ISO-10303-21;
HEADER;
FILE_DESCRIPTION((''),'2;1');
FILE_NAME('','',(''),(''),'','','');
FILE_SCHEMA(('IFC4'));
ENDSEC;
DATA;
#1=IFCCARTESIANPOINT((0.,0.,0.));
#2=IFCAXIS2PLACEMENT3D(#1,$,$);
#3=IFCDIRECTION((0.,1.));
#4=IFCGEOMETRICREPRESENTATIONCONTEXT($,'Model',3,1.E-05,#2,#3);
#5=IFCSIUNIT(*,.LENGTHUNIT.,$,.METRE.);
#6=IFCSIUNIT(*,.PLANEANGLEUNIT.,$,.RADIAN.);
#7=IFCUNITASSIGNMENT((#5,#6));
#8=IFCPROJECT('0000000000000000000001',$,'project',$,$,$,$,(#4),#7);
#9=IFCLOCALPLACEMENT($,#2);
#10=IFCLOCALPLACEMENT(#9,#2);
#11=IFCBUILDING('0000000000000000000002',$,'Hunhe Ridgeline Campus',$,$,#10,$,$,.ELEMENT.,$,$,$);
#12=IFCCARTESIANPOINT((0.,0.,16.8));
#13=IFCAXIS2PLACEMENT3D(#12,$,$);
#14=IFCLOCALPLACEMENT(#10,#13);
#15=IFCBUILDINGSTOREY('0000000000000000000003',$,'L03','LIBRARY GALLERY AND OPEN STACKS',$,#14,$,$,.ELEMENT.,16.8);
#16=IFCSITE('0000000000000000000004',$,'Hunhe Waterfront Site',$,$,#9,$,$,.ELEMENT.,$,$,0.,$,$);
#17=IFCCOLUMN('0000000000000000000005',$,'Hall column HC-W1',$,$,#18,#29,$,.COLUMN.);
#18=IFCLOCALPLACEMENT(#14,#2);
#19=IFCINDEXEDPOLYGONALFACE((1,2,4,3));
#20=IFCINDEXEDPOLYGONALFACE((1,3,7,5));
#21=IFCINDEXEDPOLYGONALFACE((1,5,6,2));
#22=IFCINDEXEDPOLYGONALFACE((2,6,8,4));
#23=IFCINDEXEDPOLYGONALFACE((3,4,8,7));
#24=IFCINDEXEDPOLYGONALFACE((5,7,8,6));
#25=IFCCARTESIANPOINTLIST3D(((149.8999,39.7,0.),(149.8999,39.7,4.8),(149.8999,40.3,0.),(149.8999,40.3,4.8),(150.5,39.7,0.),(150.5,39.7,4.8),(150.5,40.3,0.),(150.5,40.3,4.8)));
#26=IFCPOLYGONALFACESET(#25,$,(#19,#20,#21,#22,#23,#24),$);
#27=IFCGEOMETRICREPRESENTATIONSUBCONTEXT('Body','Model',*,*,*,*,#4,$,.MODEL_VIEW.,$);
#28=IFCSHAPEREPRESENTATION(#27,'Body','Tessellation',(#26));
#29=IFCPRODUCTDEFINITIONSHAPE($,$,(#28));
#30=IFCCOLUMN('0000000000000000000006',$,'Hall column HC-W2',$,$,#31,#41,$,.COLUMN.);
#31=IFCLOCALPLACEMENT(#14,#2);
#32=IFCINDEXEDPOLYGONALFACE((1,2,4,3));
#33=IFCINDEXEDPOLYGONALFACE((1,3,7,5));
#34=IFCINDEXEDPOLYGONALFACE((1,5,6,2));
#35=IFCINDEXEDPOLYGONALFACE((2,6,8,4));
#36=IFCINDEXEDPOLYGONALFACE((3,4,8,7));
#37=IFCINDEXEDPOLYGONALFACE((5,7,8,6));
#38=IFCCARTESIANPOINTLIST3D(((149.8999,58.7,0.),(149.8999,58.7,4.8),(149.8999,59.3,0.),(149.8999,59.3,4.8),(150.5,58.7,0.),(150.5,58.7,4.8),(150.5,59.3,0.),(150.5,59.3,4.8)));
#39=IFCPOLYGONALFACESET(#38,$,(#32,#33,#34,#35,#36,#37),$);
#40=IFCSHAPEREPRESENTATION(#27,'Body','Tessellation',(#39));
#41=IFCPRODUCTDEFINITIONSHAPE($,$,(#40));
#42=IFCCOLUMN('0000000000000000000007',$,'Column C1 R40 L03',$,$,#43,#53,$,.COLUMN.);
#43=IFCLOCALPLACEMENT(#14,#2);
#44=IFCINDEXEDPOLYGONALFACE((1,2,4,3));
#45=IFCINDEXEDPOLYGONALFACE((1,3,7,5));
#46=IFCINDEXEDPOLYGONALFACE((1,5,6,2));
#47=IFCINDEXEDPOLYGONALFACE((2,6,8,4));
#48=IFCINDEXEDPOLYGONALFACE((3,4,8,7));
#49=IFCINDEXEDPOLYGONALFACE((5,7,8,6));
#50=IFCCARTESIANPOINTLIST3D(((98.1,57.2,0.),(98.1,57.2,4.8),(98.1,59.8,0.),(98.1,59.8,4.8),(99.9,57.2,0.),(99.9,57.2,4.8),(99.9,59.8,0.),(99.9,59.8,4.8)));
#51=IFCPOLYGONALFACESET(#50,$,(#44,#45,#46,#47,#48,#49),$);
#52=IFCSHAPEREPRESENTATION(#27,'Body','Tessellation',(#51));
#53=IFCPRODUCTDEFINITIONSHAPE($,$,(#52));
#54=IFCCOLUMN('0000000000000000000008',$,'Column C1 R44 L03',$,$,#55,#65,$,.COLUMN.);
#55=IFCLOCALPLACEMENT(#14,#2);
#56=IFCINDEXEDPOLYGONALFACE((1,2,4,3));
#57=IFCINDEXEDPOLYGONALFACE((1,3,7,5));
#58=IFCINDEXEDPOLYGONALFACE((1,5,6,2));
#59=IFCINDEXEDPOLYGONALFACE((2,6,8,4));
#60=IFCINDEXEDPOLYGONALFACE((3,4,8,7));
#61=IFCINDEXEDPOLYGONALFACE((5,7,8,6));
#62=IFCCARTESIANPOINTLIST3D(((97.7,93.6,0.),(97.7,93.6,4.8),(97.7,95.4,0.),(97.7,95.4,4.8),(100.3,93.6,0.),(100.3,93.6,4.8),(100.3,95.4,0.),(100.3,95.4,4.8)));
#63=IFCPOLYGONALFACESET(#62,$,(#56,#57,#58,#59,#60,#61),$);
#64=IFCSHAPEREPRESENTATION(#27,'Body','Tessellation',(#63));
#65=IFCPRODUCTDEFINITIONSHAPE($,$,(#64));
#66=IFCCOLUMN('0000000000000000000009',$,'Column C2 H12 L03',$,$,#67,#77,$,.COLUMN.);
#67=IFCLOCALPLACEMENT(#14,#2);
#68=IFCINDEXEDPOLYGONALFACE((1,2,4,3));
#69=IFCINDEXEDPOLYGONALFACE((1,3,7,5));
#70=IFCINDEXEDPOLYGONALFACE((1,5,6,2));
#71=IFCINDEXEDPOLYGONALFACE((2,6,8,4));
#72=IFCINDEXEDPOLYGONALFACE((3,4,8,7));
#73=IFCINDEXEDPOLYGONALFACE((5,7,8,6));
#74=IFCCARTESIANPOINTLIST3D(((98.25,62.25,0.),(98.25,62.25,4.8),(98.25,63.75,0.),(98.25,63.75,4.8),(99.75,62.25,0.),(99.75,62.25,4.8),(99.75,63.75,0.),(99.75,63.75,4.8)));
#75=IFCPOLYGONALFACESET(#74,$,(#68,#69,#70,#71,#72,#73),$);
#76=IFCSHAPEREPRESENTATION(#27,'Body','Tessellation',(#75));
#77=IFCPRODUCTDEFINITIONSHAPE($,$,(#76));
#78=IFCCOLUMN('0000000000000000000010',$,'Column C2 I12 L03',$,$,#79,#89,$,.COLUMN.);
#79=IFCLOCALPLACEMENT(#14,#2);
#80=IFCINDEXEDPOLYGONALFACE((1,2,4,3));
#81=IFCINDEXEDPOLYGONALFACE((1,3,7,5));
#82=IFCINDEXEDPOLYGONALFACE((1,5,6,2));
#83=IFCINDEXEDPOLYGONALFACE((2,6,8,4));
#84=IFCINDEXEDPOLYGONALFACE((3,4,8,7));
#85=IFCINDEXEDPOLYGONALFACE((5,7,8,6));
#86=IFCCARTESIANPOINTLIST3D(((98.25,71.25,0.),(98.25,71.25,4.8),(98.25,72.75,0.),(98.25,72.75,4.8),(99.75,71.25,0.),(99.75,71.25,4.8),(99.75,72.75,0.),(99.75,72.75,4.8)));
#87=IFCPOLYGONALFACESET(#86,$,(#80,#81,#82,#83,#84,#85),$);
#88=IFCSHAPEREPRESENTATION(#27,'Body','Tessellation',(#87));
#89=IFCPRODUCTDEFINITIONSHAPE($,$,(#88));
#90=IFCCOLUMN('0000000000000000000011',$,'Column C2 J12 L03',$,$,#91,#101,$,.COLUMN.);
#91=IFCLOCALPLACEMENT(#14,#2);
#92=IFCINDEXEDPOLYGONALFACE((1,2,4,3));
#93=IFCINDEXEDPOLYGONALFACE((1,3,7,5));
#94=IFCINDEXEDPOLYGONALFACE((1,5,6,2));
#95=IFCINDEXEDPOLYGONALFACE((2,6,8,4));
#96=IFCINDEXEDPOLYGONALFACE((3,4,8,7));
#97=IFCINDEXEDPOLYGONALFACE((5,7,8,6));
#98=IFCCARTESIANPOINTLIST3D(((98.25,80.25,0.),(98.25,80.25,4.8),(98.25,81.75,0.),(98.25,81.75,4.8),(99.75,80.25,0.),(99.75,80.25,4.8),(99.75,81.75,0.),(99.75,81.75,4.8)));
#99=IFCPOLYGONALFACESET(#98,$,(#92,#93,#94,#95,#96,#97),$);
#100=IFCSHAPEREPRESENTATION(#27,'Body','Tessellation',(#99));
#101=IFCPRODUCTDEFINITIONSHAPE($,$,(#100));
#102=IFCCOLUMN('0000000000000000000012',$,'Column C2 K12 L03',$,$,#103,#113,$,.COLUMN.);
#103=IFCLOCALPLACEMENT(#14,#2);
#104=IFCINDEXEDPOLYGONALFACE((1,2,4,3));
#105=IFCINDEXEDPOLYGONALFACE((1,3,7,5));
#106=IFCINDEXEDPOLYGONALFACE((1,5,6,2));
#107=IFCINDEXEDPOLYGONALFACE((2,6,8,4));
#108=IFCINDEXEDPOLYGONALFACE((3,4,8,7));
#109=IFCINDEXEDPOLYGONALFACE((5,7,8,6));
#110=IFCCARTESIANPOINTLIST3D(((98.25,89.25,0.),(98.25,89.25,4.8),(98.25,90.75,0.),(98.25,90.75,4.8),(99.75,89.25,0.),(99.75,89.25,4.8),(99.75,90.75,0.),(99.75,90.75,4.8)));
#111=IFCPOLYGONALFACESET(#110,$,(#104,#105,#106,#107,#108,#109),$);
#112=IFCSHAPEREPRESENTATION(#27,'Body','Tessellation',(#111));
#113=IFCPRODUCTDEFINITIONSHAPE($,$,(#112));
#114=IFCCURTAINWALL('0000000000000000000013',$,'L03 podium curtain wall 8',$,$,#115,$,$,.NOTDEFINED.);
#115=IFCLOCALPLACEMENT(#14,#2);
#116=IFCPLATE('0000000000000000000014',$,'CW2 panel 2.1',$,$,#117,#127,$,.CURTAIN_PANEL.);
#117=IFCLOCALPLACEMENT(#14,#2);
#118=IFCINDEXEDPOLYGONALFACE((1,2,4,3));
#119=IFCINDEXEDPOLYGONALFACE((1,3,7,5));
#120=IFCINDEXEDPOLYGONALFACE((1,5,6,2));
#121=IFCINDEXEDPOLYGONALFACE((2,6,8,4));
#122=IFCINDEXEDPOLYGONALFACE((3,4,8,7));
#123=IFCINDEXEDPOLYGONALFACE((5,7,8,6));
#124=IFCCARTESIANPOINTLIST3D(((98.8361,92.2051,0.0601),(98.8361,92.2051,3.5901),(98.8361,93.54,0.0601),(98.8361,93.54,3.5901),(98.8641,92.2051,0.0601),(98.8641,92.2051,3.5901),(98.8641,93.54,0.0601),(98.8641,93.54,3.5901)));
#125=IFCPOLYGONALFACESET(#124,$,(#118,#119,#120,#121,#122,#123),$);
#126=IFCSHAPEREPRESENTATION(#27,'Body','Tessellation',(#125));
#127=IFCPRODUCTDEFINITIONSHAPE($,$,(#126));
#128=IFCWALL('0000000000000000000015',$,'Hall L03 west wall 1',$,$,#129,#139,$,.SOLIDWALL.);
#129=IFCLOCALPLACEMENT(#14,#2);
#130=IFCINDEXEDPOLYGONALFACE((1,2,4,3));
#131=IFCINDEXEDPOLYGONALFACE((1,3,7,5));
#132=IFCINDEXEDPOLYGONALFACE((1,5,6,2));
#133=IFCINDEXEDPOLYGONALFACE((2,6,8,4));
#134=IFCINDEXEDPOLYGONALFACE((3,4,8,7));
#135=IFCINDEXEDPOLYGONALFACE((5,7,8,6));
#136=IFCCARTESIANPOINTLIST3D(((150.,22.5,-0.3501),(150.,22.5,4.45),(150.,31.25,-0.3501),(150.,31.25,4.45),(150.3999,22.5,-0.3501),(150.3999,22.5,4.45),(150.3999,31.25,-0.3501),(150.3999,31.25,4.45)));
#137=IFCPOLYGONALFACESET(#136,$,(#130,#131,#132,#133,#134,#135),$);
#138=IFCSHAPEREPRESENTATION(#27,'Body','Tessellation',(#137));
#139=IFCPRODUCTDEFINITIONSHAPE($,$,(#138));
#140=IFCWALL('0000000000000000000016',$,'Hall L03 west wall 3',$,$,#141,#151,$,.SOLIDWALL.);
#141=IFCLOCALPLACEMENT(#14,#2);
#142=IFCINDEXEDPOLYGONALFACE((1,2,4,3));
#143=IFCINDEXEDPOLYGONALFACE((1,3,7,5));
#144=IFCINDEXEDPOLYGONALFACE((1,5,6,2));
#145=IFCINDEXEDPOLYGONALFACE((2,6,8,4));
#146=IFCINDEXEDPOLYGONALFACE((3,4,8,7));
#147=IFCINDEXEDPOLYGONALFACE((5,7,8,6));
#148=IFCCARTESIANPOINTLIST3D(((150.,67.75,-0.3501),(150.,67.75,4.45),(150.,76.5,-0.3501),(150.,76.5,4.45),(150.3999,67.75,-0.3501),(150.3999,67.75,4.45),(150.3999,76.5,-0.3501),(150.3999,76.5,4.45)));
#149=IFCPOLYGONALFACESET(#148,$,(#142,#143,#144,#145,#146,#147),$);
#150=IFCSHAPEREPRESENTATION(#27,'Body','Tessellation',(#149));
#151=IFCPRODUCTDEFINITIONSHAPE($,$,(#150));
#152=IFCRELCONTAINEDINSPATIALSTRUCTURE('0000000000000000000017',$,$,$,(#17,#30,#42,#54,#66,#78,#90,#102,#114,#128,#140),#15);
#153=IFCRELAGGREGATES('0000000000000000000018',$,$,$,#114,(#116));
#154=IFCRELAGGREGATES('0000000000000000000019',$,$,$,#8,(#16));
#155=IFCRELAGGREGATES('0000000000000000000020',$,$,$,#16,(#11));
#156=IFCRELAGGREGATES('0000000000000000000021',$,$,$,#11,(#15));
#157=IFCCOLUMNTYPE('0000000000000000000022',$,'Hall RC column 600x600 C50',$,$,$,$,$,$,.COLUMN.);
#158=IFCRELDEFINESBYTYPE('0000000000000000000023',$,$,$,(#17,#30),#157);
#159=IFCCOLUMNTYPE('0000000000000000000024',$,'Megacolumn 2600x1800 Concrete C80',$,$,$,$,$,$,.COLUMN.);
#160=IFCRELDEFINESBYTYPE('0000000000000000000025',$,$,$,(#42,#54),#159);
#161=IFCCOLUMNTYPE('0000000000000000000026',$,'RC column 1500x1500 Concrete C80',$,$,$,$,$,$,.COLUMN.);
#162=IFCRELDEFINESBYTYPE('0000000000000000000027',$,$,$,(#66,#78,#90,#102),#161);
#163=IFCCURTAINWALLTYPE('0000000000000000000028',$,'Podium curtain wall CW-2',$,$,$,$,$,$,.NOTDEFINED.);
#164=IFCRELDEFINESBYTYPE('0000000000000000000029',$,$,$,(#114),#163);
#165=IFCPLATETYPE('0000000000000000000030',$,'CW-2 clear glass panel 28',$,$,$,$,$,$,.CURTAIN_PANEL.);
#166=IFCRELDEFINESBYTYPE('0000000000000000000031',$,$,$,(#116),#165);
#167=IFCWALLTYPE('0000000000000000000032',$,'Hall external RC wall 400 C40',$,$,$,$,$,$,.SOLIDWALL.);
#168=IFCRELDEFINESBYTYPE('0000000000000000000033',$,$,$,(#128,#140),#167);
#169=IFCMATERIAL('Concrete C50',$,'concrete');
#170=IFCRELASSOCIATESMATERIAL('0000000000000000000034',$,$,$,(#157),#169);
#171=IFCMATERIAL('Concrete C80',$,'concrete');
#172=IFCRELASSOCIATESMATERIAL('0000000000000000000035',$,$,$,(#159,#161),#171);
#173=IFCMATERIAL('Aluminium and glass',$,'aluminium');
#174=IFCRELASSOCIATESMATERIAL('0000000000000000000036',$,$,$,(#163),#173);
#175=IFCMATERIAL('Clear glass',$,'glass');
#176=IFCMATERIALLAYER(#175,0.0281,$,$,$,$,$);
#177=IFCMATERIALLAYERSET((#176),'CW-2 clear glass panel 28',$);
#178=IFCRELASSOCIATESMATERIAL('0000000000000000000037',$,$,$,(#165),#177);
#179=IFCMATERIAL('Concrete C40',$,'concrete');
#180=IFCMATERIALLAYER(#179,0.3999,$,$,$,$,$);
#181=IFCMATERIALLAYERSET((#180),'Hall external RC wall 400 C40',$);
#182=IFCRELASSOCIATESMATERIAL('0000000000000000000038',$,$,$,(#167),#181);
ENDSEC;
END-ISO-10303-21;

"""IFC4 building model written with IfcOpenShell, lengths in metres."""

from ifc_helpers import new_model, si_unit, direction, frame, frame_2d, origin, origin_2d, place, context, subcontext, project, spatial, rectangle, extrude, material, layer, layer_set, material_profile, profile_set, type_object, element, aggregate, save


model = new_model("IFC4")

# Units and contexts
model_context = context("Model", 3, precision=1e-05, world=origin(), true_north=direction((0.0, 1.0)))
body_context = subcontext(model_context, "Body", "Model", "MODEL_VIEW")
ifc_project = project(units=[si_unit("LENGTHUNIT", "METRE"), si_unit("PLANEANGLEUNIT", "RADIAN")], contexts=[model_context])

# Site, building, storey
site_placement = place(None, origin())
site = spatial("IfcSite", under=ifc_project, at=site_placement, Name="Hunhe Waterfront Site", CompositionType="ELEMENT", RefElevation=0.0)
building_placement = place(site_placement, origin())
building = spatial("IfcBuilding", under=site, at=building_placement, Name="Hunhe Ridgeline Campus", CompositionType="ELEMENT")
storey_placement = place(building_placement, frame((0.0, 0.0, 16.8)))
storey = spatial("IfcBuildingStorey", under=building, at=storey_placement, Name="L03", Description="LIBRARY GALLERY AND OPEN STACKS", CompositionType="ELEMENT", Elevation=16.8)

# Columns
ifc_material_1 = material(Name="Concrete C50", Category="concrete")
ifc_material_profile_1 = material_profile(ifc_material_1, rectangle(XDim=0.6001, YDim=0.6001, at=origin_2d()))
ifc_profile_set_1 = profile_set([ifc_material_profile_1], Name="Concrete C50")
column_type_1 = type_object("IfcColumnType", Name="Hall RC column 600x600 C50", PredefinedType="COLUMN", material=ifc_profile_set_1)
for number, where, z_axis, x_axis, name in (
    (1, (150.2, 40.0, 0.0), (0.0, 0.0, 1.0), (1.0, 0.0, 0.0), "Hall column HC-W1"),
    (2, (150.2, 59.0, 0.0), (0.0, 0.0, 1.0), (1.0, 0.0, 0.0), "Hall column HC-W2"),
):
    element("IfcColumn", number, at=place(storey_placement, frame(where, z_axis=z_axis, x_axis=x_axis)), inside=storey, type_object=column_type_1, Name=name, PredefinedType="COLUMN", context=body_context, shape_type="SweptSolid", body=[
        extrude(rectangle(XDim=0.6001, YDim=0.6001, at=origin_2d()), origin(), (0.0, 0.0, 1.0), 4.8),
    ])
ifc_material_2 = material(Name="Concrete C80", Category="concrete")
ifc_material_profile_2 = material_profile(ifc_material_2, rectangle(XDim=2.6001, YDim=1.8, at=origin_2d()))
ifc_profile_set_2 = profile_set([ifc_material_profile_2], Name="Concrete C80")
column_type_2 = type_object("IfcColumnType", Name="Megacolumn 2600x1800 Concrete C80", PredefinedType="COLUMN", material=ifc_profile_set_2)
for number, where, z_axis, x_axis, name in (
    (3, (99.0, 58.5, 0.0), (0.0, 0.0, 1.0), (0.0, 1.0, 0.0), "Column C1 R40 L03"),
    (4, (99.0, 94.5, 0.0), (0.0, 0.0, 1.0), (1.0, 0.0, 0.0), "Column C1 R44 L03"),
):
    element("IfcColumn", number, at=place(storey_placement, frame(where, z_axis=z_axis, x_axis=x_axis)), inside=storey, type_object=column_type_2, Name=name, PredefinedType="COLUMN", context=body_context, shape_type="SweptSolid", body=[
        extrude(rectangle(XDim=2.6001, YDim=1.8, at=origin_2d()), origin(), (0.0, 0.0, 1.0), 4.8),
    ])
ifc_material_profile_3 = material_profile(ifc_material_2, rectangle(XDim=1.5, YDim=1.5, at=origin_2d()))
ifc_profile_set_3 = profile_set([ifc_material_profile_3], Name="Concrete C80")
column_type_3 = type_object("IfcColumnType", Name="RC column 1500x1500 Concrete C80", PredefinedType="COLUMN", material=ifc_profile_set_3)
for number, where, z_axis, x_axis, name in (
    (5, (99.0, 63.0, 0.0), (0.0, 0.0, 1.0), (1.0, 0.0, 0.0), "Column C2 H12 L03"),
    (6, (99.0, 72.0, 0.0), (0.0, 0.0, 1.0), (1.0, 0.0, 0.0), "Column C2 I12 L03"),
    (7, (99.0, 81.0, 0.0), (0.0, 0.0, 1.0), (1.0, 0.0, 0.0), "Column C2 J12 L03"),
    (8, (99.0, 90.0, 0.0), (0.0, 0.0, 1.0), (1.0, 0.0, 0.0), "Column C2 K12 L03"),
):
    element("IfcColumn", number, at=place(storey_placement, frame(where, z_axis=z_axis, x_axis=x_axis)), inside=storey, type_object=column_type_3, Name=name, PredefinedType="COLUMN", context=body_context, shape_type="SweptSolid", body=[
        extrude(rectangle(XDim=1.5, YDim=1.5, at=origin_2d()), origin(), (0.0, 0.0, 1.0), 4.8),
    ])

# Curtain wall, plate
ifc_material_3 = material(Name="Aluminium and glass", Category="aluminium")
curtain_wall_type = type_object("IfcCurtainWallType", Name="Podium curtain wall CW-2", PredefinedType="NOTDEFINED", material=ifc_material_3)
curtain_wall_placement = place(storey_placement, origin())
curtain_wall = element("IfcCurtainWall", 9, at=curtain_wall_placement, inside=storey, type_object=curtain_wall_type, Name="L03 podium curtain wall 8", PredefinedType="NOTDEFINED")
ifc_material_4 = material(Name="Clear glass", Category="glass")
ifc_layer_1 = layer(ifc_material_4, 0.0281)
ifc_layer_set_1 = layer_set([ifc_layer_1], Name="CW-2 clear glass panel 28")
plate_type = type_object("IfcPlateType", Name="CW-2 clear glass panel 28", PredefinedType="CURTAIN_PANEL", material=ifc_layer_set_1)
plate_placement = place(storey_placement, frame((98.8501, 92.8726, 0.0601), z_axis=(0.0, 0.0, 1.0), x_axis=(0.0, 1.0, 0.0)))
plate = element("IfcPlate", 10, at=plate_placement, type_object=plate_type, Name="CW2 panel 2.1", PredefinedType="CURTAIN_PANEL", context=body_context, shape_type="SweptSolid", body=[
    extrude(rectangle(XDim=1.335, YDim=0.0281, at=origin_2d()), origin(), (0.0, 0.0, 1.0), 3.53),
])
aggregate(curtain_wall, [plate])

# Walls
ifc_material_5 = material(Name="Concrete C40", Category="concrete")
ifc_layer_2 = layer(ifc_material_5, 0.3999)
ifc_layer_set_2 = layer_set([ifc_layer_2], Name="Hall external RC wall 400 C40")
wall_type_1 = type_object("IfcWallType", Name="Hall external RC wall 400 C40", PredefinedType="SOLIDWALL", material=ifc_layer_set_2)
for number, where, z_axis, x_axis, name in (
    (11, (150.2, 22.5, -0.3501), (0.0, 0.0, 1.0), (0.0, 1.0, 0.0), "Hall L03 west wall 1"),
    (12, (150.2, 67.75, -0.3501), (0.0, 0.0, 1.0), (0.0, 1.0, 0.0), "Hall L03 west wall 3"),
):
    element("IfcWall", number, at=place(storey_placement, frame(where, z_axis=z_axis, x_axis=x_axis)), inside=storey, type_object=wall_type_1, Name=name, PredefinedType="SOLIDWALL", context=body_context, shape_type="SweptSolid", body=[
        extrude(rectangle(XDim=8.75, YDim=0.3999, at=frame_2d((4.375, 0.0))), origin(), (0.0, 0.0, 1.0), 4.8),
    ])

save(model, "model.ifc")
